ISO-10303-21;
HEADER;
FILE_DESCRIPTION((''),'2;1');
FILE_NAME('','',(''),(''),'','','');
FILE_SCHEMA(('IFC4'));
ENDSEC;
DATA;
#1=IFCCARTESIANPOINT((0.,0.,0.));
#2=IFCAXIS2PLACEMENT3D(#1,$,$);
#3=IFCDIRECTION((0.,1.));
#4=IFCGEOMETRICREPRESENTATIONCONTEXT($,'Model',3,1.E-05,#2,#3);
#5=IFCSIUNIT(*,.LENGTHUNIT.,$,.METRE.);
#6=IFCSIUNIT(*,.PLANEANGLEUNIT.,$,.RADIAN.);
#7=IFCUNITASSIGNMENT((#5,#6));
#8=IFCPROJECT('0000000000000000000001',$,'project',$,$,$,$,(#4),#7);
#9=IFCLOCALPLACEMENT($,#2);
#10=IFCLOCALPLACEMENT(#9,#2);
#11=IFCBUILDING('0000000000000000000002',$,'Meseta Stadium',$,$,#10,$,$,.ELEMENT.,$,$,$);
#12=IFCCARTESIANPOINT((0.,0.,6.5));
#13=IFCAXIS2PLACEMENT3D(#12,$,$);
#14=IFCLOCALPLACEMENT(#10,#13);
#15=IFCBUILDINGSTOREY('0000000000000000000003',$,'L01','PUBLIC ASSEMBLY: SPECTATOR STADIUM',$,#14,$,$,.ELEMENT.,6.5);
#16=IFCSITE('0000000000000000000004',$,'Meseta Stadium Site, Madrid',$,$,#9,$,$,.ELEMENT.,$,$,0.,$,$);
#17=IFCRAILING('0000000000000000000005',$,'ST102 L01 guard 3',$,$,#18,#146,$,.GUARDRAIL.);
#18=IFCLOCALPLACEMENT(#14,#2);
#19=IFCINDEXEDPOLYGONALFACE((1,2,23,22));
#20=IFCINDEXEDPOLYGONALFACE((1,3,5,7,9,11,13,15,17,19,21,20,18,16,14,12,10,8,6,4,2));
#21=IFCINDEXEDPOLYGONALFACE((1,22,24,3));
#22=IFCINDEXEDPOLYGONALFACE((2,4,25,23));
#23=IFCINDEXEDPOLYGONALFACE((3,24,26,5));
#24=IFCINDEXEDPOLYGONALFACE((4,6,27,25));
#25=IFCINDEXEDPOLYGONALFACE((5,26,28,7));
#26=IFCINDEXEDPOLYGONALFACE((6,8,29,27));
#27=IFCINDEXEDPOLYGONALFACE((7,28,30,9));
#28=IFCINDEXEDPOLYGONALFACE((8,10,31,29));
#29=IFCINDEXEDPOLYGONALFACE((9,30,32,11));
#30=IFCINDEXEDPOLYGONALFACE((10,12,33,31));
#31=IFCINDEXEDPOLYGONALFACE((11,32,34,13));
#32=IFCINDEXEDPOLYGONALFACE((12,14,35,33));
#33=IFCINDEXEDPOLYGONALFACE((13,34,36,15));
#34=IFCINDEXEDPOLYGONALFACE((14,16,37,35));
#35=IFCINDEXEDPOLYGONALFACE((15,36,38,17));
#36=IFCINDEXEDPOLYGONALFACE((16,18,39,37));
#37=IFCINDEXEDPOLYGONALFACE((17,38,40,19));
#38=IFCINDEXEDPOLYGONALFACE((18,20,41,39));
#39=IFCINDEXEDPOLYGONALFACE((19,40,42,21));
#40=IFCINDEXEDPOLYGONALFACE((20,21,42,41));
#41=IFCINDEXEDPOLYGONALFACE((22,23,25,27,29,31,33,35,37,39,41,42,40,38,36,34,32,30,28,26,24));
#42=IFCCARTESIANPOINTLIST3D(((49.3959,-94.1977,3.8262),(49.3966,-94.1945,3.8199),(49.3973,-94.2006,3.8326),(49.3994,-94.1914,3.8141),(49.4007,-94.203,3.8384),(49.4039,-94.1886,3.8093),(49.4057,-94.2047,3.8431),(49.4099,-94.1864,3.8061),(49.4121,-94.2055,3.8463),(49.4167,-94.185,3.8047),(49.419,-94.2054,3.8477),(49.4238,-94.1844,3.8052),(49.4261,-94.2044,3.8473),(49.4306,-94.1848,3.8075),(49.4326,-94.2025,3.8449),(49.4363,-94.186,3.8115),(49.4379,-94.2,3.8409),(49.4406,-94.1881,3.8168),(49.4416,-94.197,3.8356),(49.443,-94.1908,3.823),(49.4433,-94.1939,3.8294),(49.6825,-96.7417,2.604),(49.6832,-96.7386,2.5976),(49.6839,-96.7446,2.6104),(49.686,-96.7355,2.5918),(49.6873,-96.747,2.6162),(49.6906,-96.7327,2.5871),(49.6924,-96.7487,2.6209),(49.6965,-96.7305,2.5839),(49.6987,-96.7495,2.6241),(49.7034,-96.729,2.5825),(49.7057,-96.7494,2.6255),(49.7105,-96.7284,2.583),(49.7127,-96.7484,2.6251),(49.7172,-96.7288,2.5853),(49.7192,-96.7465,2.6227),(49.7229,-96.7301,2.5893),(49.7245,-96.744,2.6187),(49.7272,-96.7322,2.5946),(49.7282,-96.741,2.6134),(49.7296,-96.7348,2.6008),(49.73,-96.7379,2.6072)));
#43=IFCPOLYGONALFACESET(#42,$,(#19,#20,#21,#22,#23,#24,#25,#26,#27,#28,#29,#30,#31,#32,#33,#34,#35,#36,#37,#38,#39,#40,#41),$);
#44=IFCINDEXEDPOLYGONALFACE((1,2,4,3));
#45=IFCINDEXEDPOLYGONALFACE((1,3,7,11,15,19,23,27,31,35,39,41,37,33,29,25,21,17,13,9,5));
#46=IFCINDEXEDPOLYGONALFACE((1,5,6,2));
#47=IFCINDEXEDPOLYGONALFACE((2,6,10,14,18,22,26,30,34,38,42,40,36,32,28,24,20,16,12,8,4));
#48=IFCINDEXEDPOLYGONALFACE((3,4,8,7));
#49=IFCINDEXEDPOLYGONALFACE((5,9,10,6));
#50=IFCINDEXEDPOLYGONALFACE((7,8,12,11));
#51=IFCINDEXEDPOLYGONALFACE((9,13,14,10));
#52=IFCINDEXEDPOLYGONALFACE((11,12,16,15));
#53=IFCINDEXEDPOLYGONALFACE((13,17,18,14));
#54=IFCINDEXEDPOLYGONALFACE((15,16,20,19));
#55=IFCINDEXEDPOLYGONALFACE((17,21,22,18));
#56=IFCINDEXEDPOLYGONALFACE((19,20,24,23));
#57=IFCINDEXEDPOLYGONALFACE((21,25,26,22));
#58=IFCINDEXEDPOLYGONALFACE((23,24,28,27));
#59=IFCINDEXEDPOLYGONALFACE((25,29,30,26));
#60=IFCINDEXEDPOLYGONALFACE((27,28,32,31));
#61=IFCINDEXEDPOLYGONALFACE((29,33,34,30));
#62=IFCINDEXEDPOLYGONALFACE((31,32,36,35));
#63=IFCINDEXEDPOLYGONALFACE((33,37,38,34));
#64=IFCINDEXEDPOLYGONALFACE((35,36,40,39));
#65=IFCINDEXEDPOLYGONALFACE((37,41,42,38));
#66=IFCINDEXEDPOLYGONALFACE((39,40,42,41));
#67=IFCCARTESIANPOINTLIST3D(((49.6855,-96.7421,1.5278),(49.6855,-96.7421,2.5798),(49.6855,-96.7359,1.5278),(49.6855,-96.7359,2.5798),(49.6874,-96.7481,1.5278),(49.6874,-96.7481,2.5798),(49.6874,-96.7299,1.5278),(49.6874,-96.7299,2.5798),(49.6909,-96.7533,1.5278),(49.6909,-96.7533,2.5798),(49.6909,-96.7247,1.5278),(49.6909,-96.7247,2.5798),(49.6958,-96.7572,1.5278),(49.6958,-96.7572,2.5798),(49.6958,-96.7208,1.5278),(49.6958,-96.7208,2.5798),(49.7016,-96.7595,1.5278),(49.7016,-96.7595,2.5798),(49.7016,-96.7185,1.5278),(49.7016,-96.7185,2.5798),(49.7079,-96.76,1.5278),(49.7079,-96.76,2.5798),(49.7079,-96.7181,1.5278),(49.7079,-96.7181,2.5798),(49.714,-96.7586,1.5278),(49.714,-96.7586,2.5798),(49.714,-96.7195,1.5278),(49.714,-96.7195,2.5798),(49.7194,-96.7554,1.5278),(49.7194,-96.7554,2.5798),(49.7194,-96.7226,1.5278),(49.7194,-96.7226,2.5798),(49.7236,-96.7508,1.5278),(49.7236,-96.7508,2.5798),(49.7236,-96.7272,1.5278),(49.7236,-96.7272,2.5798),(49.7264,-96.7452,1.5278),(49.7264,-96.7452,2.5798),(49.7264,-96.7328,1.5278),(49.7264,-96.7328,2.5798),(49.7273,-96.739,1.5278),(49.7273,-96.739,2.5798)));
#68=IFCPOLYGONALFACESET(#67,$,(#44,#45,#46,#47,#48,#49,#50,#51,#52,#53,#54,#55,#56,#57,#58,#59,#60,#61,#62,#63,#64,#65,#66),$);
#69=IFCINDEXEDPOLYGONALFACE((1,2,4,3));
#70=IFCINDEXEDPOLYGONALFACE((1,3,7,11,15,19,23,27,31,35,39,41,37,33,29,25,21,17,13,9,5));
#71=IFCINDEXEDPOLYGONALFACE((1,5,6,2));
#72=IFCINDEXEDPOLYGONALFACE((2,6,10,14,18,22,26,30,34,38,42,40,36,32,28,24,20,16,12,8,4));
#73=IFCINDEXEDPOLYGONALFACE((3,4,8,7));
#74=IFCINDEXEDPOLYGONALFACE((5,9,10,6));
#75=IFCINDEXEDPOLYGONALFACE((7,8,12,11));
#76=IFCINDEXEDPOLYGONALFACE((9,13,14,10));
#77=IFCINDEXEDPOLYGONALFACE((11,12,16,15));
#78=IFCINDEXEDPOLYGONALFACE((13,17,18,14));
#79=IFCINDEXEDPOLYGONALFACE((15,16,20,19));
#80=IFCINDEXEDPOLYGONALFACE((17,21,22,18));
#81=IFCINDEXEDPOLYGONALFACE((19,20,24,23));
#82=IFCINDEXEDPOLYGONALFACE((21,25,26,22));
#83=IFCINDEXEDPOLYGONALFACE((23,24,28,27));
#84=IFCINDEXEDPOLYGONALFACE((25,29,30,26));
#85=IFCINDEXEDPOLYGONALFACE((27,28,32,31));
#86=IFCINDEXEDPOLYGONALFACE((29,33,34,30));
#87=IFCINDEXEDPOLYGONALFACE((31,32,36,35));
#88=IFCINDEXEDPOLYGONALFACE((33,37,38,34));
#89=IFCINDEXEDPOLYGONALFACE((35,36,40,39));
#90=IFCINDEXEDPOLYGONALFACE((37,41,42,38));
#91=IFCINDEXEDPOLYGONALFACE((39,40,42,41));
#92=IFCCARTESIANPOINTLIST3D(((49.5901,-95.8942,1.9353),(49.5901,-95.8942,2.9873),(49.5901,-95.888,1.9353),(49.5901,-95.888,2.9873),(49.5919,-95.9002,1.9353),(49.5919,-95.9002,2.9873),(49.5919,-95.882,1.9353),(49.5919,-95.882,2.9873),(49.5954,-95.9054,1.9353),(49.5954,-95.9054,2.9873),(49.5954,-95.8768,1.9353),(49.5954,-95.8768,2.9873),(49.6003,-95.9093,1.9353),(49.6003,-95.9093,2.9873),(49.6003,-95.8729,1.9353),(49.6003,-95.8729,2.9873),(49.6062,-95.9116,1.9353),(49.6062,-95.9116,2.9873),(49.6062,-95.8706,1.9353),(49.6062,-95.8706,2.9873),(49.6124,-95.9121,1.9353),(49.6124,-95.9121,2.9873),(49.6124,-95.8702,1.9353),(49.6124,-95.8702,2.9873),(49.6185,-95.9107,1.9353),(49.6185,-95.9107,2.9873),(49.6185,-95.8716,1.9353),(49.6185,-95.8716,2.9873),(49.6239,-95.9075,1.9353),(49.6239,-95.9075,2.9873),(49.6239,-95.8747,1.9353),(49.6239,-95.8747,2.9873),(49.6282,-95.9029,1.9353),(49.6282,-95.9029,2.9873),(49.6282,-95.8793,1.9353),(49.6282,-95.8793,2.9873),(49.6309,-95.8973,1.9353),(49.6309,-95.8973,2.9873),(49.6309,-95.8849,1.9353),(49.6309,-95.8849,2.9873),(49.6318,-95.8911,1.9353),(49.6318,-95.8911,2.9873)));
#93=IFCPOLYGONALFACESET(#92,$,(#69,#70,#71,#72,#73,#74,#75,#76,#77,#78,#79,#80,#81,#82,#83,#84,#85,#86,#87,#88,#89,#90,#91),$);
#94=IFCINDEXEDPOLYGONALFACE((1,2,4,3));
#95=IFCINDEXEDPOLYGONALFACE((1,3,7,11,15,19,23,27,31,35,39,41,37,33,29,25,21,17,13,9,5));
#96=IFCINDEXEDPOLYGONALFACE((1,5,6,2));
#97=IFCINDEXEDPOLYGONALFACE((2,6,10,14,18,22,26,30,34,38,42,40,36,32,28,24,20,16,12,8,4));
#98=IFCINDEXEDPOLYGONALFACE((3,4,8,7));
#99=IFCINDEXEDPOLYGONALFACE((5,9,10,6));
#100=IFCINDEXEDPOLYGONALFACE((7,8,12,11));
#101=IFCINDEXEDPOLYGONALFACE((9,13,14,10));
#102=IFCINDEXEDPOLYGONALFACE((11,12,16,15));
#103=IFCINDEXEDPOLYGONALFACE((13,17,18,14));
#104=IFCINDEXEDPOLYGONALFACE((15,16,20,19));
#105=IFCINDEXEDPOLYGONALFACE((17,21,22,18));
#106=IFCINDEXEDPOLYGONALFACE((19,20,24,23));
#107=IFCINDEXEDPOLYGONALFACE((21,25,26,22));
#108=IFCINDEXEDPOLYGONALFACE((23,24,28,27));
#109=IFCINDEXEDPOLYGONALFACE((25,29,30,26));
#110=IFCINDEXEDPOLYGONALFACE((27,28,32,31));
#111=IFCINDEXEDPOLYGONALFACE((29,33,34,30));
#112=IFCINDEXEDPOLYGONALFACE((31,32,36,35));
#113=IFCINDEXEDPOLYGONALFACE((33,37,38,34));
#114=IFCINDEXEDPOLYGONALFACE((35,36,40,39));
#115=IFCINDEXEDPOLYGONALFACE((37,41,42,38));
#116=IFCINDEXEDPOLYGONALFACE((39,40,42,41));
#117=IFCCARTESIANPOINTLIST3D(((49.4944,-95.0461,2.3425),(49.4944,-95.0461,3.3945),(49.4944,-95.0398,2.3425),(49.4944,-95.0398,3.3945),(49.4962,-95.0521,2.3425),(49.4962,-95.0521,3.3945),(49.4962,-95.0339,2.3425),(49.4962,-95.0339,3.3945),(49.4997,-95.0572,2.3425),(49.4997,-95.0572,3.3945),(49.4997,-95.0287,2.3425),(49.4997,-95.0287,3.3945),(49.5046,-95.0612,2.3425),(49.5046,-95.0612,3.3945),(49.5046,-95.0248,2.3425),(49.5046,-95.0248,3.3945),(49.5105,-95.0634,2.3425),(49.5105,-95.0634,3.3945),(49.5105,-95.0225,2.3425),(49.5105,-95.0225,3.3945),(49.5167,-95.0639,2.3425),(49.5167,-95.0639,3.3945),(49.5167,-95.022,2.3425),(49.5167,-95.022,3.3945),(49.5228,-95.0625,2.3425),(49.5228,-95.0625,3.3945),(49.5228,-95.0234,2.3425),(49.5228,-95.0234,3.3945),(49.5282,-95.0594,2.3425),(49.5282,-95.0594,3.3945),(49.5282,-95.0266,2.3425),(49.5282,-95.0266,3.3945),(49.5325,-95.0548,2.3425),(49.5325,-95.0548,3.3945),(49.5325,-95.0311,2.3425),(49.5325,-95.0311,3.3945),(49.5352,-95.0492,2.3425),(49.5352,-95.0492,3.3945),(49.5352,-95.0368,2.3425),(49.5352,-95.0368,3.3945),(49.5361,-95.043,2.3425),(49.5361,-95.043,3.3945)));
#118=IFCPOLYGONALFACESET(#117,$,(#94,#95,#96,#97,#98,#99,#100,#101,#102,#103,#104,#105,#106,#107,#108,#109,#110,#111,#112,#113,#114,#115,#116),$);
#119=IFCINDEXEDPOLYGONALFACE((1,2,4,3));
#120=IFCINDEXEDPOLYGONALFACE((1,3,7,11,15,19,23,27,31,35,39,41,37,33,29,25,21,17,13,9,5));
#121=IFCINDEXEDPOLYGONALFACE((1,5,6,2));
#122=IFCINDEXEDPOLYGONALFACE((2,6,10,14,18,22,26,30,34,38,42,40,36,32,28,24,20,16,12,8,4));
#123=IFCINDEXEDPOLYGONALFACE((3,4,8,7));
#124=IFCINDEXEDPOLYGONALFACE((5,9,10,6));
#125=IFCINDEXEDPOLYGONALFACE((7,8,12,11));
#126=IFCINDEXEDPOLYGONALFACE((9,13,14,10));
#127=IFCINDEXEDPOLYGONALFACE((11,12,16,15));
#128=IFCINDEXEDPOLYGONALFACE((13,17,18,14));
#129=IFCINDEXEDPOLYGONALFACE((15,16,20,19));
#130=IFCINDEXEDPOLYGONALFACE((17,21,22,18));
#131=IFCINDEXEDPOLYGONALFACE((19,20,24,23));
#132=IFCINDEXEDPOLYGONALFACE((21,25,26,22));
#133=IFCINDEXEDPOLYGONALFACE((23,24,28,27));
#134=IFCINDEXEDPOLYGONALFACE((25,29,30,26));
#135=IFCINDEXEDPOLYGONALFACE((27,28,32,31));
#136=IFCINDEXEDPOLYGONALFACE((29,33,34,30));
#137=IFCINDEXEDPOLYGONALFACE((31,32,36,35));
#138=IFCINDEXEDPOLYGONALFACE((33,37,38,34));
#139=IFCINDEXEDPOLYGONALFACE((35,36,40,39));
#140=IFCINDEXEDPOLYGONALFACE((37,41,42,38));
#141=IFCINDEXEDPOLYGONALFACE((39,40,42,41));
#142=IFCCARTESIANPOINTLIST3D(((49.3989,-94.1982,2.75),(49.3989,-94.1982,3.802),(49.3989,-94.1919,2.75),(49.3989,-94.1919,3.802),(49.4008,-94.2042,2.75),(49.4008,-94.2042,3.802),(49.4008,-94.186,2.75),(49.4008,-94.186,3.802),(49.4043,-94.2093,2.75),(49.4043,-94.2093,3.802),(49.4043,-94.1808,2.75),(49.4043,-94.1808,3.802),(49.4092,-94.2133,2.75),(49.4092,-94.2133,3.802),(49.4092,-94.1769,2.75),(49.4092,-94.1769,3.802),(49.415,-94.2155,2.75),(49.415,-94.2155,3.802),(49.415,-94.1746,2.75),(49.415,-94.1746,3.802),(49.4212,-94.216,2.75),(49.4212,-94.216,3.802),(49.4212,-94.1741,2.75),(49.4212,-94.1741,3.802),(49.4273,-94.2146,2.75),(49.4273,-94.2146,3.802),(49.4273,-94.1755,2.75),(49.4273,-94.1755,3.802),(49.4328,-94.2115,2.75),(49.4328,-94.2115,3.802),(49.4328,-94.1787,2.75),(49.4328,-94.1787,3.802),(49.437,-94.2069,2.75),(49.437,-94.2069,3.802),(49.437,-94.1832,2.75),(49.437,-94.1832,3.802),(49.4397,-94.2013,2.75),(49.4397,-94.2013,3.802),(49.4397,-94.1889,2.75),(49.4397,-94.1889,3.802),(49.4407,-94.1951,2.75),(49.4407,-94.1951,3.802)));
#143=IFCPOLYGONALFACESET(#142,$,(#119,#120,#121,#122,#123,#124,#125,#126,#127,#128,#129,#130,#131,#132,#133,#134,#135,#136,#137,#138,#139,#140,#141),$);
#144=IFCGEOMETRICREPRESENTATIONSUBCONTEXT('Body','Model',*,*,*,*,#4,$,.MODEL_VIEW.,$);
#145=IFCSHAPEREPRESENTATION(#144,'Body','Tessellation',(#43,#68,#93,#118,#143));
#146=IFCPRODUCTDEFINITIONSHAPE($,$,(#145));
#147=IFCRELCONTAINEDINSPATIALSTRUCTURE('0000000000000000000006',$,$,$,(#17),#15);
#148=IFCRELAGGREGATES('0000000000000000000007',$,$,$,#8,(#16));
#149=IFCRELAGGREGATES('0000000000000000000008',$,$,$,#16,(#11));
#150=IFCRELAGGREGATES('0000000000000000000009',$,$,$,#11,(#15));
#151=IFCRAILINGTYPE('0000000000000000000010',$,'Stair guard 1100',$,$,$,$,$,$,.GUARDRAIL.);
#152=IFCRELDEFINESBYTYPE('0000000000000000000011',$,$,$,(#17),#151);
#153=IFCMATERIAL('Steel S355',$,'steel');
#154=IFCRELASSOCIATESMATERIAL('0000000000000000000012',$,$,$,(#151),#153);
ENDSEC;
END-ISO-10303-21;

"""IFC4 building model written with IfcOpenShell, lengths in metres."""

from ifc_helpers import new_model, si_unit, direction, frame, origin, origin_2d, place, context, subcontext, project, spatial, circle, extrude, material, type_object, element, save


model = new_model("IFC4")

# Units and contexts
model_context = context("Model", 3, precision=1e-05, world=origin(), true_north=direction((0.0, 1.0)))
body_context = subcontext(model_context, "Body", "Model", "MODEL_VIEW")
ifc_project = project(units=[si_unit("LENGTHUNIT", "METRE"), si_unit("PLANEANGLEUNIT", "RADIAN")], contexts=[model_context])

# Site, building, storey
site_placement = place(None, origin())
site = spatial("IfcSite", under=ifc_project, at=site_placement, Name="Meseta Stadium Site, Madrid", CompositionType="ELEMENT", RefElevation=0.0)
building_placement = place(site_placement, origin())
building = spatial("IfcBuilding", under=site, at=building_placement, Name="Meseta Stadium", CompositionType="ELEMENT")
storey_placement = place(building_placement, frame((0.0, 0.0, 6.5)))
storey = spatial("IfcBuildingStorey", under=building, at=storey_placement, Name="L01", Description="PUBLIC ASSEMBLY: SPECTATOR STADIUM", CompositionType="ELEMENT", Elevation=6.5)

# Railing
ifc_material_1 = material(Name="Steel S355", Category="steel")
railing_type_1 = type_object("IfcRailingType", Name="Stair guard 1100", PredefinedType="GUARDRAIL", material=ifc_material_1)
railing_1_placement = place(storey_placement, frame((49.7063, -96.739, 1.5278)))
element("IfcRailing", 1, at=railing_1_placement, inside=storey, type_object=railing_type_1, Name="ST102 L01 guard 3", PredefinedType="GUARDRAIL", context=body_context, shape_type="SweptSolid", body=[
    extrude(circle(Radius=0.0239, at=origin_2d()), frame((0.0, 0.0, 1.0762), z_axis=(-0.101036, 0.896762, 0.430824), x_axis=(-0.993713, -0.11196, 0.0)), (0.0, 0.0, 1.0), 2.8369),
    extrude(circle(Radius=0.021, at=origin_2d()), origin(), (0.0, 0.0, 1.0), 1.052),
    extrude(circle(Radius=0.021, at=origin_2d()), frame((-0.0955, 0.8479, 0.4075)), (0.0, 0.0, 1.0), 1.052),
    extrude(circle(Radius=0.021, at=origin_2d()), frame((-0.1912, 1.696, 0.8147)), (0.0, 0.0, 1.0), 1.052),
    extrude(circle(Radius=0.021, at=origin_2d()), frame((-0.2866, 2.5439, 1.2222)), (0.0, 0.0, 1.0), 1.052),
])

save(model, "model.ifc")
